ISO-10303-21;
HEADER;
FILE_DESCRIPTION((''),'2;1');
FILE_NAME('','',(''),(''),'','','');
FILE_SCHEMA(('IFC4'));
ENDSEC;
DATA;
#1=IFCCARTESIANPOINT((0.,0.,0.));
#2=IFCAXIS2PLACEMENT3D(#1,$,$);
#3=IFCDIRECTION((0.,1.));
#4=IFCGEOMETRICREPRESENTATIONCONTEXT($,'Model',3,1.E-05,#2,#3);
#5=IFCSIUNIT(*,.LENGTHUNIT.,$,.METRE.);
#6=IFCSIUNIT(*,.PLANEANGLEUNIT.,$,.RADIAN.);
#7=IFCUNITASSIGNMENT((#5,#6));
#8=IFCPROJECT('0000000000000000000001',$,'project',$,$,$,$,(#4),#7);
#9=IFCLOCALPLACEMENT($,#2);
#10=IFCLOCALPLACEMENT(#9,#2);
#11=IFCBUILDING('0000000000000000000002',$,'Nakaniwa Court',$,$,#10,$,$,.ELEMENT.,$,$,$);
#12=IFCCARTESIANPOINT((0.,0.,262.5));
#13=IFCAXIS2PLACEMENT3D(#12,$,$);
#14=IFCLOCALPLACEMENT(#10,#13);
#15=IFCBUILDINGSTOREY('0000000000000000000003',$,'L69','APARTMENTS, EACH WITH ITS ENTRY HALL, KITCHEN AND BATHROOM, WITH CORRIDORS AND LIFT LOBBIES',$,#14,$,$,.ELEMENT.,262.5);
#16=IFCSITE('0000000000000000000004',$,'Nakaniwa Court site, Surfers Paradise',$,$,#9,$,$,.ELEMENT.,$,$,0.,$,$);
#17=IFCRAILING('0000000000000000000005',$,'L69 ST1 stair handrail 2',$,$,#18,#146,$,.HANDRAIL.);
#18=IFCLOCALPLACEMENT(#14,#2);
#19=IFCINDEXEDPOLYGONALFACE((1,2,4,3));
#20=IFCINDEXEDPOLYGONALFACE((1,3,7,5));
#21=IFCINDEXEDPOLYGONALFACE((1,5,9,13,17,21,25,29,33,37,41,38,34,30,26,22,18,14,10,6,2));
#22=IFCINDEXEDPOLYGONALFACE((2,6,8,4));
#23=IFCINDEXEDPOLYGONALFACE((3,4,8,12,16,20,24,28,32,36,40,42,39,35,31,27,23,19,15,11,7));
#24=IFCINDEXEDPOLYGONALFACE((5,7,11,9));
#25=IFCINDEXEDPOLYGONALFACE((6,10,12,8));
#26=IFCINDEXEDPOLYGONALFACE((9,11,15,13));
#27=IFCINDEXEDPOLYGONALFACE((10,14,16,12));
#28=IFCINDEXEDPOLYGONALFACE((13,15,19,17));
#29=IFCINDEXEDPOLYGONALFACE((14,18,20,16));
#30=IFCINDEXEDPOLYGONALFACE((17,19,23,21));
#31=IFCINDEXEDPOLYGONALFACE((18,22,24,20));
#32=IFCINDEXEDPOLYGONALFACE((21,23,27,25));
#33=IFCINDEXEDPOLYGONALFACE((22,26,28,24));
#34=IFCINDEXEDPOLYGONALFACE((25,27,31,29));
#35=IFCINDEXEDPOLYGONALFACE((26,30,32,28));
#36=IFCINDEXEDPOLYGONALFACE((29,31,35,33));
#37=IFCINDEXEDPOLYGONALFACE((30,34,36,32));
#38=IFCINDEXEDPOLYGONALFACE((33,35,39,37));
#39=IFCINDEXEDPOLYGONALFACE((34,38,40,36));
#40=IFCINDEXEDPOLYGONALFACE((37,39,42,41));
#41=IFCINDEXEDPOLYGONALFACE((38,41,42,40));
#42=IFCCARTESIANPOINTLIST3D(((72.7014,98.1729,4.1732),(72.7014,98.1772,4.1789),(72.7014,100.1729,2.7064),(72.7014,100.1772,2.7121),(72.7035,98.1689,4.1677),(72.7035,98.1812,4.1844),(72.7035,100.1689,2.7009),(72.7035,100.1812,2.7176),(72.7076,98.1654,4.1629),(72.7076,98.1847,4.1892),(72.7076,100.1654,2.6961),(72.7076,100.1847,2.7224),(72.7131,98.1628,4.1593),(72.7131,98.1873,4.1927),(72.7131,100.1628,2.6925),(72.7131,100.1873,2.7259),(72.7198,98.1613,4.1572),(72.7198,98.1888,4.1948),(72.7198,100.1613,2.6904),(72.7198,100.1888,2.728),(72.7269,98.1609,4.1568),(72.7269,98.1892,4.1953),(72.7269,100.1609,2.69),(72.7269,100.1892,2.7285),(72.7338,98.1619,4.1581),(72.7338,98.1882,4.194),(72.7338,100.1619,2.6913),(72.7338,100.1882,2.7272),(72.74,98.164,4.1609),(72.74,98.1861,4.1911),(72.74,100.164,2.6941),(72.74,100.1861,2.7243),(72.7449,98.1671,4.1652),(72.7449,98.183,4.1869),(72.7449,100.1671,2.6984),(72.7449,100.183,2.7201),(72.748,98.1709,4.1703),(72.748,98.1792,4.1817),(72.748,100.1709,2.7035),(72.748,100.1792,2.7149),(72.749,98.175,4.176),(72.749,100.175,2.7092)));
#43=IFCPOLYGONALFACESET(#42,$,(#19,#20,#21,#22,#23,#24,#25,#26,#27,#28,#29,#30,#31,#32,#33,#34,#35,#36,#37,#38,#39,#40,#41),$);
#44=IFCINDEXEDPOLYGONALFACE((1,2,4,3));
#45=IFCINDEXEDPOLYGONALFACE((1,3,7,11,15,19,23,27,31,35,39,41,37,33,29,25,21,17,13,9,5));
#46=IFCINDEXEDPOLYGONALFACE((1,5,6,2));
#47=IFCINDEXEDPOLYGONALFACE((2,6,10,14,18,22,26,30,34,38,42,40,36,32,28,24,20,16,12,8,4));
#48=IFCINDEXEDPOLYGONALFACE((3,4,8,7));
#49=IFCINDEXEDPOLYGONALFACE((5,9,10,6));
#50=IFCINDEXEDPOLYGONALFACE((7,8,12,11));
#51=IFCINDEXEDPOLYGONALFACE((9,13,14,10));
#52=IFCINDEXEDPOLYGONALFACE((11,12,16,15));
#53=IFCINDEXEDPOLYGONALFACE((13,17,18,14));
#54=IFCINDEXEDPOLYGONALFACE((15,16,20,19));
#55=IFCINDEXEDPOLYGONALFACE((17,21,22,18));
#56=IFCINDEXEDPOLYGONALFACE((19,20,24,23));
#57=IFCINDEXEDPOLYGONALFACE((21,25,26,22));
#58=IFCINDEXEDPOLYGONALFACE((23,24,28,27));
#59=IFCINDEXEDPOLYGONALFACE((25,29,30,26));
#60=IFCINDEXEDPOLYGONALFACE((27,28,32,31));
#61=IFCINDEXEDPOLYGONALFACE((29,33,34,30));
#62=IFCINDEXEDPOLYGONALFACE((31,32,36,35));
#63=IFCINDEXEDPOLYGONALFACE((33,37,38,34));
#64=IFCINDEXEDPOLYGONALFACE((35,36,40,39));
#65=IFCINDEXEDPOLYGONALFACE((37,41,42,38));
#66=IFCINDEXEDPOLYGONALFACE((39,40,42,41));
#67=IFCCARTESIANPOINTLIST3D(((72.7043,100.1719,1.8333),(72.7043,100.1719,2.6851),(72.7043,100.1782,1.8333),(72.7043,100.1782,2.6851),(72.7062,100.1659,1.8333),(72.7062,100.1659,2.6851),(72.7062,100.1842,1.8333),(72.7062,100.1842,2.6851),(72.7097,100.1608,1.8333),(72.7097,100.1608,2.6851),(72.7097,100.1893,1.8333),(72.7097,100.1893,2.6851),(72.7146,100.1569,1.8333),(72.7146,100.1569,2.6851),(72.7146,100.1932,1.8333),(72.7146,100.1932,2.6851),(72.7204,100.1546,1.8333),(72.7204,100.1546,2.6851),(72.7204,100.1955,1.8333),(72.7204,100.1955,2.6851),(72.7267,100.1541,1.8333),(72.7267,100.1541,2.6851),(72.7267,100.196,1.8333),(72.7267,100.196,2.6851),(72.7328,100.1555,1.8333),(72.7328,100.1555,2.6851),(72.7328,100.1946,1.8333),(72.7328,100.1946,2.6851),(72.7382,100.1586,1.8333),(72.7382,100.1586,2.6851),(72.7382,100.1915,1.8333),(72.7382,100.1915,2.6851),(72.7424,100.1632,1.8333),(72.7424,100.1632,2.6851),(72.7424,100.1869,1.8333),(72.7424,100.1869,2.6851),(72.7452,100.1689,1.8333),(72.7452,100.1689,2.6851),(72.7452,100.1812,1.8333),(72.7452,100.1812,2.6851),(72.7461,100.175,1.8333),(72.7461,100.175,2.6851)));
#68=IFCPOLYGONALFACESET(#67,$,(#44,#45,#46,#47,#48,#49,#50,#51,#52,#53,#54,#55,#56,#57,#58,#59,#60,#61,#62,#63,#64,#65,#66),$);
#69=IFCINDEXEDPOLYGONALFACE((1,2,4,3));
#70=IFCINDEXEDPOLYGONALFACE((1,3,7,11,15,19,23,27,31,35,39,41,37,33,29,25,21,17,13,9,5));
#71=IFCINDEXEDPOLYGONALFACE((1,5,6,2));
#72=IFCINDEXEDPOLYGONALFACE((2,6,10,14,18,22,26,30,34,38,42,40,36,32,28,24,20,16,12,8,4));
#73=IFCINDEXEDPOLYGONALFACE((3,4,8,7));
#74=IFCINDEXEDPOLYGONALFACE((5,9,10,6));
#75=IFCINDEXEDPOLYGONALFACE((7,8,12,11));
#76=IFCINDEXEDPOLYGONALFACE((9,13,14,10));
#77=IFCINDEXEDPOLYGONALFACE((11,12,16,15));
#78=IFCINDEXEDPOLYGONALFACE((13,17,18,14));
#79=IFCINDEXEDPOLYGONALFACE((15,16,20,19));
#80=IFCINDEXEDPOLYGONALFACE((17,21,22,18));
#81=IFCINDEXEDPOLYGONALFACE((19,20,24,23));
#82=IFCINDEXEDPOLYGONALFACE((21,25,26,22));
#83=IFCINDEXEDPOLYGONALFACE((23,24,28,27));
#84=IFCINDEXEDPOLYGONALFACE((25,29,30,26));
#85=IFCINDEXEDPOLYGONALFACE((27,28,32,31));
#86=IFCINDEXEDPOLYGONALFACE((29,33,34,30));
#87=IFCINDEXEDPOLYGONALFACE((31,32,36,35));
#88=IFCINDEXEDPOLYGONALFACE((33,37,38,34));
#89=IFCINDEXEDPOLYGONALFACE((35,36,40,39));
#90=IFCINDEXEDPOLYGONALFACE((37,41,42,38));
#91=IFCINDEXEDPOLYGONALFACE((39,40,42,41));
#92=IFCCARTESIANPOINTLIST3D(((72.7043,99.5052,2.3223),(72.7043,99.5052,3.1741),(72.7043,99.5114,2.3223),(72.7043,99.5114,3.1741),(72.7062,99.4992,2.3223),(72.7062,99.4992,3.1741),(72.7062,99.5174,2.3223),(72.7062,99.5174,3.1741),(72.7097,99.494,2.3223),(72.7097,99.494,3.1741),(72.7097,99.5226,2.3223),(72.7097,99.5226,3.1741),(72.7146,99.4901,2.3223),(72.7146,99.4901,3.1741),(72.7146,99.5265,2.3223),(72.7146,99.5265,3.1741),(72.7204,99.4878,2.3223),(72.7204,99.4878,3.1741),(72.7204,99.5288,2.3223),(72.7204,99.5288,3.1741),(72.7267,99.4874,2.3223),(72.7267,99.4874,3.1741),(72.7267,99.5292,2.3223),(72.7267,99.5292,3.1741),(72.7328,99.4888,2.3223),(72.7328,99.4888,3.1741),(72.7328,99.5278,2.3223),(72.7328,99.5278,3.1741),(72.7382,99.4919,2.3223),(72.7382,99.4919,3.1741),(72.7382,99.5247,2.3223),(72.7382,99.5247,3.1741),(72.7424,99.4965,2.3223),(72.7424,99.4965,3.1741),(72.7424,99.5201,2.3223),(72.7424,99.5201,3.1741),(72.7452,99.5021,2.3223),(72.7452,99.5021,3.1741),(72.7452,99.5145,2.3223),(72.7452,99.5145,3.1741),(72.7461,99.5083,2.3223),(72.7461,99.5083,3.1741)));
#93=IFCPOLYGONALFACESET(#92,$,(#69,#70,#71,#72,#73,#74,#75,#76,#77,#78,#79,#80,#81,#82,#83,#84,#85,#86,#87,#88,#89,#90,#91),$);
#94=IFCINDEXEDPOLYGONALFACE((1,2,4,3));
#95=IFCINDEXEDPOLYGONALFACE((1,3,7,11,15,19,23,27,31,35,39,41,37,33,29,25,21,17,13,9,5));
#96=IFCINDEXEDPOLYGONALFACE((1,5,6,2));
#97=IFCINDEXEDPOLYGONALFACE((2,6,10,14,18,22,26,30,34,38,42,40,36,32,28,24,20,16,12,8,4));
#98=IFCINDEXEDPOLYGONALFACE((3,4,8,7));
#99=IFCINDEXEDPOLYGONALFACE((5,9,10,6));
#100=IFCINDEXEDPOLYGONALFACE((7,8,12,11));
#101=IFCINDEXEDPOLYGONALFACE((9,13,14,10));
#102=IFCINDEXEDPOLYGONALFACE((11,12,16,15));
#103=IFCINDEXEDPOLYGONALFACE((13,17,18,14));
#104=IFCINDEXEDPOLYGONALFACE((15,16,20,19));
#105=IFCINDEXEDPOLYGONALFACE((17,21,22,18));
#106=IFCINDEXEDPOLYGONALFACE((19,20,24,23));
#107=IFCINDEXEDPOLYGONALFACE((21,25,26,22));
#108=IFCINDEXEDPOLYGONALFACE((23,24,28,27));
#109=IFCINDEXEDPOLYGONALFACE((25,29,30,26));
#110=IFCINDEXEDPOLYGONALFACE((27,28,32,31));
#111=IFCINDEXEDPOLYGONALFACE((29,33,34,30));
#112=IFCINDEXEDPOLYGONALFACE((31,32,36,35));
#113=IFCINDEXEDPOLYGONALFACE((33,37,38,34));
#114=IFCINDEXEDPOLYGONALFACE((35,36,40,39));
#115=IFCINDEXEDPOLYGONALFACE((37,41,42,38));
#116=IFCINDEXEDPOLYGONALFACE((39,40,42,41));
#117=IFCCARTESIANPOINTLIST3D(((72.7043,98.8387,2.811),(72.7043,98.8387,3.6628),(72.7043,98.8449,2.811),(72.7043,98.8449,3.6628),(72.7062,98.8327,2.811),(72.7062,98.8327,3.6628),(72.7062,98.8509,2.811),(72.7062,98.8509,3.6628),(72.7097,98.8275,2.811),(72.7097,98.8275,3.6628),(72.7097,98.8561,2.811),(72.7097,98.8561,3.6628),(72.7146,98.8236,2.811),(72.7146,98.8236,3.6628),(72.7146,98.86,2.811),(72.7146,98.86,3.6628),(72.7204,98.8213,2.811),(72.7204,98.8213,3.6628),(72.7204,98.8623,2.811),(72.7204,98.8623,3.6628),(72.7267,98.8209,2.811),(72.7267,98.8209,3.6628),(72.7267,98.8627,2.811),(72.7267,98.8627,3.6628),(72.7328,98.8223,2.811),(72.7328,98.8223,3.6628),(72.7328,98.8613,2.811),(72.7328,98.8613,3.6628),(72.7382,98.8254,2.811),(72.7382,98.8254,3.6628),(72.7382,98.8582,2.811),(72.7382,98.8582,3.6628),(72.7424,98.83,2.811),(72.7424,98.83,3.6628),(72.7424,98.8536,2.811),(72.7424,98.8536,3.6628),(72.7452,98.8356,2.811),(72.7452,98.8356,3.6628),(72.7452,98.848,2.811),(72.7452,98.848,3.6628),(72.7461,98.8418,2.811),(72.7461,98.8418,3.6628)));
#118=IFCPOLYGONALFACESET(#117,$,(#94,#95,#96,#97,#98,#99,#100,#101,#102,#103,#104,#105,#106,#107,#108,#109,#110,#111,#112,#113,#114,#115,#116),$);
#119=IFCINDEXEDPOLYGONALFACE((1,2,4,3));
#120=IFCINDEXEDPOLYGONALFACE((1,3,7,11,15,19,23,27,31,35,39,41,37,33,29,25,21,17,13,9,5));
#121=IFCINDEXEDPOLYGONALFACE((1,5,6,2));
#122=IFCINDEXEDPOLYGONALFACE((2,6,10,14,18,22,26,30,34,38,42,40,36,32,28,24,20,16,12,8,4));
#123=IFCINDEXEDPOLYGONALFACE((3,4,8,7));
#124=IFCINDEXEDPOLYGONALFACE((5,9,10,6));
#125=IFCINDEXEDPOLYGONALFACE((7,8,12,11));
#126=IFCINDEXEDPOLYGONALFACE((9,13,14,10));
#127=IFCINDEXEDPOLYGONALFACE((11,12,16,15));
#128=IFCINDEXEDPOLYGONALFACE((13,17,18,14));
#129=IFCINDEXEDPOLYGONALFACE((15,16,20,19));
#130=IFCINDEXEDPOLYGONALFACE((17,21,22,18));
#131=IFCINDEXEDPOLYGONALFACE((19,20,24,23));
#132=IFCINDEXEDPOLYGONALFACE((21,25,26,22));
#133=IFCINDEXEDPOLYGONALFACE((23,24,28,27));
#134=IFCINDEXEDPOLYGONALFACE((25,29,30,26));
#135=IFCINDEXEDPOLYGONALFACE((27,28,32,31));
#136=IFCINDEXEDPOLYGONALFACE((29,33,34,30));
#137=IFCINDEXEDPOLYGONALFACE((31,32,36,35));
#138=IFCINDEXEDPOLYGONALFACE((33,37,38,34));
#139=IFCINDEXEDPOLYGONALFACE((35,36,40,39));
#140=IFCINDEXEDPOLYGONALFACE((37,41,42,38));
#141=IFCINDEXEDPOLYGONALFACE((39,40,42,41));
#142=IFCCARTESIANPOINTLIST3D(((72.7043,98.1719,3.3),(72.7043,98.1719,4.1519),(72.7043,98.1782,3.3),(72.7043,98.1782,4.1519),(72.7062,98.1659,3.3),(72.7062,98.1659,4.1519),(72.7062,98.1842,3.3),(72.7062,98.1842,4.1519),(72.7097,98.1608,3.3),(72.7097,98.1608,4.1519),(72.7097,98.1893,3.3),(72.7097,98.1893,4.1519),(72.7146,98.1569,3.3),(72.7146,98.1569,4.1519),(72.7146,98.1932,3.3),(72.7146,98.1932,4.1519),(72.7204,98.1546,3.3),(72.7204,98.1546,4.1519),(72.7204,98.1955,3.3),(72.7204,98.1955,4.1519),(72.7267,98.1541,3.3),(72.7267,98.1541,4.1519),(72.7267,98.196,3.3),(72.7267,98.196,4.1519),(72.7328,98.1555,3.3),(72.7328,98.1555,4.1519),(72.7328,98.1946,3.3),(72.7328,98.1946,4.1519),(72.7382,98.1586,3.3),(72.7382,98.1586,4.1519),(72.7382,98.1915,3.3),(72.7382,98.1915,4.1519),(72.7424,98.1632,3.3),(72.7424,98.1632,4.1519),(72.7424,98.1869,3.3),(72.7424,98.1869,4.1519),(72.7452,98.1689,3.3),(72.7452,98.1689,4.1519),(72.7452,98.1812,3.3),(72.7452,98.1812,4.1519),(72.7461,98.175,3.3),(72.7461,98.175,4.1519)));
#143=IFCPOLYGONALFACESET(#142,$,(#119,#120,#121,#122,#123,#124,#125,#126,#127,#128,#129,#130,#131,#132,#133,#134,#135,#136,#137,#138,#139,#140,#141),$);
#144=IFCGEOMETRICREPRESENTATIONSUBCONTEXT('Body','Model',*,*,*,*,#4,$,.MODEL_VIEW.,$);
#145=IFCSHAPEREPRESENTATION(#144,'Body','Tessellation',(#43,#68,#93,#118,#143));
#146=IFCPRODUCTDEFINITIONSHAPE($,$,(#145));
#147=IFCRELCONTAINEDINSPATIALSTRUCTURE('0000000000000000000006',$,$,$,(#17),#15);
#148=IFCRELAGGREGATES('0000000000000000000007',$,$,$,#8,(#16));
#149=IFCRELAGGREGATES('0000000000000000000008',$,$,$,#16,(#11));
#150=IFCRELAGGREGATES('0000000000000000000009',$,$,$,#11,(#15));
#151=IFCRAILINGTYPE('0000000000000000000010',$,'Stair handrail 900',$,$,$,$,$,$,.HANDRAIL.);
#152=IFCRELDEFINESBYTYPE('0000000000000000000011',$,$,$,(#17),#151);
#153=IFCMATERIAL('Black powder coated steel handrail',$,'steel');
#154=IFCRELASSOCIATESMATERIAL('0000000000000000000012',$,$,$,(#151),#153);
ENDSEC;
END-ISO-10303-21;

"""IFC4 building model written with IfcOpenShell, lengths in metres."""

from ifc_helpers import new_model, si_unit, direction, frame, origin, origin_2d, place, context, subcontext, project, spatial, circle, extrude, material, type_object, element, save


model = new_model("IFC4")

# Units and contexts
model_context = context("Model", 3, precision=1e-05, world=origin(), true_north=direction((0.0, 1.0)))
body_context = subcontext(model_context, "Body", "Model", "MODEL_VIEW")
ifc_project = project(units=[si_unit("LENGTHUNIT", "METRE"), si_unit("PLANEANGLEUNIT", "RADIAN")], contexts=[model_context])

# Site, building, storey
site_placement = place(None, origin())
site = spatial("IfcSite", under=ifc_project, at=site_placement, Name="Nakaniwa Court site, Surfers Paradise", CompositionType="ELEMENT", RefElevation=0.0)
building_placement = place(site_placement, origin())
building = spatial("IfcBuilding", under=site, at=building_placement, Name="Nakaniwa Court", CompositionType="ELEMENT")
storey_placement = place(building_placement, frame((0.0, 0.0, 262.5)))
storey = spatial("IfcBuildingStorey", under=building, at=storey_placement, Name="L69", Description="APARTMENTS, EACH WITH ITS ENTRY HALL, KITCHEN AND BATHROOM, WITH CORRIDORS AND LIFT LOBBIES", CompositionType="ELEMENT", Elevation=262.5)

# Railing
ifc_material_1 = material(Name="Black powder coated steel handrail", Category="steel")
railing_type_1 = type_object("IfcRailingType", Name="Stair handrail 900", PredefinedType="HANDRAIL", material=ifc_material_1)
railing_1_placement = place(storey_placement, frame((72.7251, 100.175, 1.8333)))
element("IfcRailing", 1, at=railing_1_placement, inside=storey, type_object=railing_type_1, Name="L69 ST1 stair handrail 2", PredefinedType="HANDRAIL", context=body_context, shape_type="SweptSolid", body=[
    extrude(circle(Radius=0.0239, at=origin_2d()), frame((0.0, 0.0, 0.876), z_axis=(0.0, -0.80638, 0.591398), x_axis=(1.0, 0.0, 0.0)), (0.0, 0.0, 1.0), 2.4802),
    extrude(circle(Radius=0.021, at=origin_2d()), origin(), (0.0, 0.0, 1.0), 0.8518),
    extrude(circle(Radius=0.021, at=origin_2d()), frame((0.0, -0.6667, 0.489)), (0.0, 0.0, 1.0), 0.8518),
    extrude(circle(Radius=0.021, at=origin_2d()), frame((0.0, -1.3333, 0.9778)), (0.0, 0.0, 1.0), 0.8518),
    extrude(circle(Radius=0.021, at=origin_2d()), frame((0.0, -2.0, 1.4668)), (0.0, 0.0, 1.0), 0.8518),
])

save(model, "model.ifc")
